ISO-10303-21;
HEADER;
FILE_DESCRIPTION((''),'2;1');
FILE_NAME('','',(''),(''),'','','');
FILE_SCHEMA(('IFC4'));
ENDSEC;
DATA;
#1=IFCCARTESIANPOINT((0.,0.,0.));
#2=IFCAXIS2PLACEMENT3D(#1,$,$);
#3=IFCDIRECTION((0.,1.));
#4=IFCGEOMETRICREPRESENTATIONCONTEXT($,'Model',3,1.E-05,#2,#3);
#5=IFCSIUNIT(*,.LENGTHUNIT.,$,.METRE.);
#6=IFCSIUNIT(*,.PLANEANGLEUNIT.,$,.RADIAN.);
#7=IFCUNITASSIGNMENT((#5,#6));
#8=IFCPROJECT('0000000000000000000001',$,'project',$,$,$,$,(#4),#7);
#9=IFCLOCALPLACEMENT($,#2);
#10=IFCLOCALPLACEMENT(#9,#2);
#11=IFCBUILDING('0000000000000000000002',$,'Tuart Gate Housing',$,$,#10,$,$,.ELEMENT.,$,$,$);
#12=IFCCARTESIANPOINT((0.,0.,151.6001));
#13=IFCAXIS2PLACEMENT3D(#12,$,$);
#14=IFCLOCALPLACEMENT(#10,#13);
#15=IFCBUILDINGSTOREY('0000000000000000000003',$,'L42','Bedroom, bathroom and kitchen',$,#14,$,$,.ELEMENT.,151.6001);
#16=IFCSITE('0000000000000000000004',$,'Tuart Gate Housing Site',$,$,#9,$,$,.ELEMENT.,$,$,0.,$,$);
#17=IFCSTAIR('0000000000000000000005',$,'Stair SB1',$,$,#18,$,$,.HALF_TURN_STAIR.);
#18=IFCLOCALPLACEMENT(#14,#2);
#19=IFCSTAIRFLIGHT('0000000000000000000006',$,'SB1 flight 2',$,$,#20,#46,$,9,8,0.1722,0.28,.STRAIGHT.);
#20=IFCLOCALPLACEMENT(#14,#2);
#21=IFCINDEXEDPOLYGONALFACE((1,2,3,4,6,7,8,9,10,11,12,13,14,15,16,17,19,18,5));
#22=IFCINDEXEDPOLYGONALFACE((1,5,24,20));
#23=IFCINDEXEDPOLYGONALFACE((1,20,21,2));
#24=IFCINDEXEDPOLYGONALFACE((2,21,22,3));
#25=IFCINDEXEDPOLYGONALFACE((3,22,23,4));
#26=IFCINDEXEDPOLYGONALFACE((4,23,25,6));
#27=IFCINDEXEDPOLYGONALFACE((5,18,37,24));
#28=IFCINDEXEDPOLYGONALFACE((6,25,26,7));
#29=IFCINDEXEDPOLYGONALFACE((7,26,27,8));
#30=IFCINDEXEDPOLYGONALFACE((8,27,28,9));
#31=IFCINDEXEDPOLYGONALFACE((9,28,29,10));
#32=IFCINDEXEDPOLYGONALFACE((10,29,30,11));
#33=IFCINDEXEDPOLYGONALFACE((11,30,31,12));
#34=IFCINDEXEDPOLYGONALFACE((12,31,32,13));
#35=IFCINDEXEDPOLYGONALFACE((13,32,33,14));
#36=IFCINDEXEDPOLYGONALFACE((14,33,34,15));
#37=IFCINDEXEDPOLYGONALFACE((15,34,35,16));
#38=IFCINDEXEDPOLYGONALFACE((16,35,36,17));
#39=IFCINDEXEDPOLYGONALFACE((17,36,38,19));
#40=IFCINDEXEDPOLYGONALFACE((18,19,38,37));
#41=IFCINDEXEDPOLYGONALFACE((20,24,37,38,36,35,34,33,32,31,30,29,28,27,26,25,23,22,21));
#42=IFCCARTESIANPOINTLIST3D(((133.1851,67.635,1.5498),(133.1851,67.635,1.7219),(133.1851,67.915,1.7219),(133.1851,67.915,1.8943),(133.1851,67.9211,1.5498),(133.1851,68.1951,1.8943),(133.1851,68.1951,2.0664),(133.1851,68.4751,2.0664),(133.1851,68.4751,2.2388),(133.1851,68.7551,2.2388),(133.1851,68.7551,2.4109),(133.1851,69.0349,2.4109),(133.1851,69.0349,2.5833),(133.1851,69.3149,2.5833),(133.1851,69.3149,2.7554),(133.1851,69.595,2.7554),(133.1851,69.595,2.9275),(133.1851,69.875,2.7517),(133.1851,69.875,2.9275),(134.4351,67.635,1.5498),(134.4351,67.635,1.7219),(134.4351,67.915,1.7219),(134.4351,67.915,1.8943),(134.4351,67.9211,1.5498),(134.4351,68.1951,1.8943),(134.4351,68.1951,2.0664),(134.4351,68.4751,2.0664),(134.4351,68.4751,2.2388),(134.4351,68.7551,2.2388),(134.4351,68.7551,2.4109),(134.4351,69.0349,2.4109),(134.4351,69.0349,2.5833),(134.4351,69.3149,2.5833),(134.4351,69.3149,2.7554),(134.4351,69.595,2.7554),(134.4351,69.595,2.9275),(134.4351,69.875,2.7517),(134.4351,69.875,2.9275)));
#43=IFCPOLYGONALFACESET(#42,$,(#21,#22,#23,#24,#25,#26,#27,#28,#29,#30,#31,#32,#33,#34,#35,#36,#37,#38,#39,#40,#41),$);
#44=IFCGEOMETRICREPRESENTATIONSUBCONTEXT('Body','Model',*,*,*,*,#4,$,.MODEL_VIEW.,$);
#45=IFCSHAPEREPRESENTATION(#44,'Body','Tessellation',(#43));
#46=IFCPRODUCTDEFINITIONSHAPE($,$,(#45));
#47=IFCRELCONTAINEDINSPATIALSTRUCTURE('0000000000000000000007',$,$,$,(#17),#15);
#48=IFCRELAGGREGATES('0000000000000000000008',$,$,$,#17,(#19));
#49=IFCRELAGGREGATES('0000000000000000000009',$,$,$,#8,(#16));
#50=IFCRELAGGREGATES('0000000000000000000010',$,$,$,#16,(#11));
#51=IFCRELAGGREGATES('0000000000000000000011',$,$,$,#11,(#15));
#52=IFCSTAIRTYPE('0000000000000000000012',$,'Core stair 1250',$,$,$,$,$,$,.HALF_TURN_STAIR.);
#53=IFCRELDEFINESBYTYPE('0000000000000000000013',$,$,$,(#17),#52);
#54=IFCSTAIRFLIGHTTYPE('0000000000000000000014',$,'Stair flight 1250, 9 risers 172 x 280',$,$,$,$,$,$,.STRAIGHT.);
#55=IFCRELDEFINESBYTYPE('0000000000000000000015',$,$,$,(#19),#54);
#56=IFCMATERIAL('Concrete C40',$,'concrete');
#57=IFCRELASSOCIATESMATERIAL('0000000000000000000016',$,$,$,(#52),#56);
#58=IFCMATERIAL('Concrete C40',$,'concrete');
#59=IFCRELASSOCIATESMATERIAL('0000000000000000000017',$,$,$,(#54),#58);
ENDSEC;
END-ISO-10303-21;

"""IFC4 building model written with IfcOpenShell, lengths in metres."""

from ifc_helpers import new_model, si_unit, direction, frame, origin, place, context, subcontext, project, spatial, polyline, outline, extrude, material, type_object, element, aggregate, save


model = new_model("IFC4")

# Units and contexts
model_context = context("Model", 3, precision=1e-05, world=origin(), true_north=direction((0.0, 1.0)))
body_context = subcontext(model_context, "Body", "Model", "MODEL_VIEW")
ifc_project = project(units=[si_unit("LENGTHUNIT", "METRE"), si_unit("PLANEANGLEUNIT", "RADIAN")], contexts=[model_context])

# Site, building, storey
site_placement = place(None, origin())
site = spatial("IfcSite", under=ifc_project, at=site_placement, Name="Tuart Gate Housing Site", CompositionType="ELEMENT", RefElevation=0.0)
building_placement = place(site_placement, origin())
building = spatial("IfcBuilding", under=site, at=building_placement, Name="Tuart Gate Housing", CompositionType="ELEMENT")
storey_placement = place(building_placement, frame((0.0, 0.0, 151.6001)))
storey = spatial("IfcBuildingStorey", under=building, at=storey_placement, Name="L42", Description="Bedroom, bathroom and kitchen", CompositionType="ELEMENT", Elevation=151.6001)

# Stair, stair flight
ifc_material_1 = material(Name="Concrete C40", Category="concrete")
stair_type = type_object("IfcStairType", Name="Core stair 1250", PredefinedType="HALF_TURN_STAIR", material=ifc_material_1)
stair_placement = place(storey_placement, origin())
stair = element("IfcStair", 1, at=stair_placement, inside=storey, type_object=stair_type, Name="Stair SB1", PredefinedType="HALF_TURN_STAIR")
ifc_material_2 = material(Name="Concrete C40", Category="concrete")
stair_flight_type = type_object("IfcStairFlightType", Name="Stair flight 1250, 9 risers 172 x 280", PredefinedType="STRAIGHT", material=ifc_material_2)
stair_flight_1_placement = place(storey_placement, frame((133.8101, 67.635, 1.5498), z_axis=(0.0, 0.0, 1.0), x_axis=(0.0, 1.0, 0.0)))
stair_flight_1 = element("IfcStairFlight", 2, at=stair_flight_1_placement, type_object=stair_flight_type, Name="SB1 flight 2", NumberOfRisers=9, NumberOfTreads=8, PredefinedType="STRAIGHT", RiserHeight=0.1722, TreadLength=0.28, context=body_context, shape_type="SweptSolid", body=[
    extrude(outline(polyline([(0.0, 0.0), (0.0, 0.1721), (0.28, 0.1721), (0.28, 0.3445), (0.5601, 0.3445), (0.5601, 0.5166), (0.8401, 0.5166), (0.8401, 0.689), (1.1201, 0.689), (1.1201, 0.8611), (1.3999, 0.8611), (1.3999, 1.0334), (1.6799, 1.0334), (1.6799, 1.2056), (1.96, 1.2056), (1.96, 1.3777), (2.24, 1.3777), (2.24, 1.55), (2.24, 1.2019), (0.2861, 0.0), (0.0, 0.0)])), frame((0.0, 0.625, 0.0), z_axis=(0.0, -1.0, 0.0), x_axis=(1.0, 0.0, 0.0)), (0.0, 0.0, 1.0), 1.25),
])
aggregate(stair, [stair_flight_1])

save(model, "model.ifc")
